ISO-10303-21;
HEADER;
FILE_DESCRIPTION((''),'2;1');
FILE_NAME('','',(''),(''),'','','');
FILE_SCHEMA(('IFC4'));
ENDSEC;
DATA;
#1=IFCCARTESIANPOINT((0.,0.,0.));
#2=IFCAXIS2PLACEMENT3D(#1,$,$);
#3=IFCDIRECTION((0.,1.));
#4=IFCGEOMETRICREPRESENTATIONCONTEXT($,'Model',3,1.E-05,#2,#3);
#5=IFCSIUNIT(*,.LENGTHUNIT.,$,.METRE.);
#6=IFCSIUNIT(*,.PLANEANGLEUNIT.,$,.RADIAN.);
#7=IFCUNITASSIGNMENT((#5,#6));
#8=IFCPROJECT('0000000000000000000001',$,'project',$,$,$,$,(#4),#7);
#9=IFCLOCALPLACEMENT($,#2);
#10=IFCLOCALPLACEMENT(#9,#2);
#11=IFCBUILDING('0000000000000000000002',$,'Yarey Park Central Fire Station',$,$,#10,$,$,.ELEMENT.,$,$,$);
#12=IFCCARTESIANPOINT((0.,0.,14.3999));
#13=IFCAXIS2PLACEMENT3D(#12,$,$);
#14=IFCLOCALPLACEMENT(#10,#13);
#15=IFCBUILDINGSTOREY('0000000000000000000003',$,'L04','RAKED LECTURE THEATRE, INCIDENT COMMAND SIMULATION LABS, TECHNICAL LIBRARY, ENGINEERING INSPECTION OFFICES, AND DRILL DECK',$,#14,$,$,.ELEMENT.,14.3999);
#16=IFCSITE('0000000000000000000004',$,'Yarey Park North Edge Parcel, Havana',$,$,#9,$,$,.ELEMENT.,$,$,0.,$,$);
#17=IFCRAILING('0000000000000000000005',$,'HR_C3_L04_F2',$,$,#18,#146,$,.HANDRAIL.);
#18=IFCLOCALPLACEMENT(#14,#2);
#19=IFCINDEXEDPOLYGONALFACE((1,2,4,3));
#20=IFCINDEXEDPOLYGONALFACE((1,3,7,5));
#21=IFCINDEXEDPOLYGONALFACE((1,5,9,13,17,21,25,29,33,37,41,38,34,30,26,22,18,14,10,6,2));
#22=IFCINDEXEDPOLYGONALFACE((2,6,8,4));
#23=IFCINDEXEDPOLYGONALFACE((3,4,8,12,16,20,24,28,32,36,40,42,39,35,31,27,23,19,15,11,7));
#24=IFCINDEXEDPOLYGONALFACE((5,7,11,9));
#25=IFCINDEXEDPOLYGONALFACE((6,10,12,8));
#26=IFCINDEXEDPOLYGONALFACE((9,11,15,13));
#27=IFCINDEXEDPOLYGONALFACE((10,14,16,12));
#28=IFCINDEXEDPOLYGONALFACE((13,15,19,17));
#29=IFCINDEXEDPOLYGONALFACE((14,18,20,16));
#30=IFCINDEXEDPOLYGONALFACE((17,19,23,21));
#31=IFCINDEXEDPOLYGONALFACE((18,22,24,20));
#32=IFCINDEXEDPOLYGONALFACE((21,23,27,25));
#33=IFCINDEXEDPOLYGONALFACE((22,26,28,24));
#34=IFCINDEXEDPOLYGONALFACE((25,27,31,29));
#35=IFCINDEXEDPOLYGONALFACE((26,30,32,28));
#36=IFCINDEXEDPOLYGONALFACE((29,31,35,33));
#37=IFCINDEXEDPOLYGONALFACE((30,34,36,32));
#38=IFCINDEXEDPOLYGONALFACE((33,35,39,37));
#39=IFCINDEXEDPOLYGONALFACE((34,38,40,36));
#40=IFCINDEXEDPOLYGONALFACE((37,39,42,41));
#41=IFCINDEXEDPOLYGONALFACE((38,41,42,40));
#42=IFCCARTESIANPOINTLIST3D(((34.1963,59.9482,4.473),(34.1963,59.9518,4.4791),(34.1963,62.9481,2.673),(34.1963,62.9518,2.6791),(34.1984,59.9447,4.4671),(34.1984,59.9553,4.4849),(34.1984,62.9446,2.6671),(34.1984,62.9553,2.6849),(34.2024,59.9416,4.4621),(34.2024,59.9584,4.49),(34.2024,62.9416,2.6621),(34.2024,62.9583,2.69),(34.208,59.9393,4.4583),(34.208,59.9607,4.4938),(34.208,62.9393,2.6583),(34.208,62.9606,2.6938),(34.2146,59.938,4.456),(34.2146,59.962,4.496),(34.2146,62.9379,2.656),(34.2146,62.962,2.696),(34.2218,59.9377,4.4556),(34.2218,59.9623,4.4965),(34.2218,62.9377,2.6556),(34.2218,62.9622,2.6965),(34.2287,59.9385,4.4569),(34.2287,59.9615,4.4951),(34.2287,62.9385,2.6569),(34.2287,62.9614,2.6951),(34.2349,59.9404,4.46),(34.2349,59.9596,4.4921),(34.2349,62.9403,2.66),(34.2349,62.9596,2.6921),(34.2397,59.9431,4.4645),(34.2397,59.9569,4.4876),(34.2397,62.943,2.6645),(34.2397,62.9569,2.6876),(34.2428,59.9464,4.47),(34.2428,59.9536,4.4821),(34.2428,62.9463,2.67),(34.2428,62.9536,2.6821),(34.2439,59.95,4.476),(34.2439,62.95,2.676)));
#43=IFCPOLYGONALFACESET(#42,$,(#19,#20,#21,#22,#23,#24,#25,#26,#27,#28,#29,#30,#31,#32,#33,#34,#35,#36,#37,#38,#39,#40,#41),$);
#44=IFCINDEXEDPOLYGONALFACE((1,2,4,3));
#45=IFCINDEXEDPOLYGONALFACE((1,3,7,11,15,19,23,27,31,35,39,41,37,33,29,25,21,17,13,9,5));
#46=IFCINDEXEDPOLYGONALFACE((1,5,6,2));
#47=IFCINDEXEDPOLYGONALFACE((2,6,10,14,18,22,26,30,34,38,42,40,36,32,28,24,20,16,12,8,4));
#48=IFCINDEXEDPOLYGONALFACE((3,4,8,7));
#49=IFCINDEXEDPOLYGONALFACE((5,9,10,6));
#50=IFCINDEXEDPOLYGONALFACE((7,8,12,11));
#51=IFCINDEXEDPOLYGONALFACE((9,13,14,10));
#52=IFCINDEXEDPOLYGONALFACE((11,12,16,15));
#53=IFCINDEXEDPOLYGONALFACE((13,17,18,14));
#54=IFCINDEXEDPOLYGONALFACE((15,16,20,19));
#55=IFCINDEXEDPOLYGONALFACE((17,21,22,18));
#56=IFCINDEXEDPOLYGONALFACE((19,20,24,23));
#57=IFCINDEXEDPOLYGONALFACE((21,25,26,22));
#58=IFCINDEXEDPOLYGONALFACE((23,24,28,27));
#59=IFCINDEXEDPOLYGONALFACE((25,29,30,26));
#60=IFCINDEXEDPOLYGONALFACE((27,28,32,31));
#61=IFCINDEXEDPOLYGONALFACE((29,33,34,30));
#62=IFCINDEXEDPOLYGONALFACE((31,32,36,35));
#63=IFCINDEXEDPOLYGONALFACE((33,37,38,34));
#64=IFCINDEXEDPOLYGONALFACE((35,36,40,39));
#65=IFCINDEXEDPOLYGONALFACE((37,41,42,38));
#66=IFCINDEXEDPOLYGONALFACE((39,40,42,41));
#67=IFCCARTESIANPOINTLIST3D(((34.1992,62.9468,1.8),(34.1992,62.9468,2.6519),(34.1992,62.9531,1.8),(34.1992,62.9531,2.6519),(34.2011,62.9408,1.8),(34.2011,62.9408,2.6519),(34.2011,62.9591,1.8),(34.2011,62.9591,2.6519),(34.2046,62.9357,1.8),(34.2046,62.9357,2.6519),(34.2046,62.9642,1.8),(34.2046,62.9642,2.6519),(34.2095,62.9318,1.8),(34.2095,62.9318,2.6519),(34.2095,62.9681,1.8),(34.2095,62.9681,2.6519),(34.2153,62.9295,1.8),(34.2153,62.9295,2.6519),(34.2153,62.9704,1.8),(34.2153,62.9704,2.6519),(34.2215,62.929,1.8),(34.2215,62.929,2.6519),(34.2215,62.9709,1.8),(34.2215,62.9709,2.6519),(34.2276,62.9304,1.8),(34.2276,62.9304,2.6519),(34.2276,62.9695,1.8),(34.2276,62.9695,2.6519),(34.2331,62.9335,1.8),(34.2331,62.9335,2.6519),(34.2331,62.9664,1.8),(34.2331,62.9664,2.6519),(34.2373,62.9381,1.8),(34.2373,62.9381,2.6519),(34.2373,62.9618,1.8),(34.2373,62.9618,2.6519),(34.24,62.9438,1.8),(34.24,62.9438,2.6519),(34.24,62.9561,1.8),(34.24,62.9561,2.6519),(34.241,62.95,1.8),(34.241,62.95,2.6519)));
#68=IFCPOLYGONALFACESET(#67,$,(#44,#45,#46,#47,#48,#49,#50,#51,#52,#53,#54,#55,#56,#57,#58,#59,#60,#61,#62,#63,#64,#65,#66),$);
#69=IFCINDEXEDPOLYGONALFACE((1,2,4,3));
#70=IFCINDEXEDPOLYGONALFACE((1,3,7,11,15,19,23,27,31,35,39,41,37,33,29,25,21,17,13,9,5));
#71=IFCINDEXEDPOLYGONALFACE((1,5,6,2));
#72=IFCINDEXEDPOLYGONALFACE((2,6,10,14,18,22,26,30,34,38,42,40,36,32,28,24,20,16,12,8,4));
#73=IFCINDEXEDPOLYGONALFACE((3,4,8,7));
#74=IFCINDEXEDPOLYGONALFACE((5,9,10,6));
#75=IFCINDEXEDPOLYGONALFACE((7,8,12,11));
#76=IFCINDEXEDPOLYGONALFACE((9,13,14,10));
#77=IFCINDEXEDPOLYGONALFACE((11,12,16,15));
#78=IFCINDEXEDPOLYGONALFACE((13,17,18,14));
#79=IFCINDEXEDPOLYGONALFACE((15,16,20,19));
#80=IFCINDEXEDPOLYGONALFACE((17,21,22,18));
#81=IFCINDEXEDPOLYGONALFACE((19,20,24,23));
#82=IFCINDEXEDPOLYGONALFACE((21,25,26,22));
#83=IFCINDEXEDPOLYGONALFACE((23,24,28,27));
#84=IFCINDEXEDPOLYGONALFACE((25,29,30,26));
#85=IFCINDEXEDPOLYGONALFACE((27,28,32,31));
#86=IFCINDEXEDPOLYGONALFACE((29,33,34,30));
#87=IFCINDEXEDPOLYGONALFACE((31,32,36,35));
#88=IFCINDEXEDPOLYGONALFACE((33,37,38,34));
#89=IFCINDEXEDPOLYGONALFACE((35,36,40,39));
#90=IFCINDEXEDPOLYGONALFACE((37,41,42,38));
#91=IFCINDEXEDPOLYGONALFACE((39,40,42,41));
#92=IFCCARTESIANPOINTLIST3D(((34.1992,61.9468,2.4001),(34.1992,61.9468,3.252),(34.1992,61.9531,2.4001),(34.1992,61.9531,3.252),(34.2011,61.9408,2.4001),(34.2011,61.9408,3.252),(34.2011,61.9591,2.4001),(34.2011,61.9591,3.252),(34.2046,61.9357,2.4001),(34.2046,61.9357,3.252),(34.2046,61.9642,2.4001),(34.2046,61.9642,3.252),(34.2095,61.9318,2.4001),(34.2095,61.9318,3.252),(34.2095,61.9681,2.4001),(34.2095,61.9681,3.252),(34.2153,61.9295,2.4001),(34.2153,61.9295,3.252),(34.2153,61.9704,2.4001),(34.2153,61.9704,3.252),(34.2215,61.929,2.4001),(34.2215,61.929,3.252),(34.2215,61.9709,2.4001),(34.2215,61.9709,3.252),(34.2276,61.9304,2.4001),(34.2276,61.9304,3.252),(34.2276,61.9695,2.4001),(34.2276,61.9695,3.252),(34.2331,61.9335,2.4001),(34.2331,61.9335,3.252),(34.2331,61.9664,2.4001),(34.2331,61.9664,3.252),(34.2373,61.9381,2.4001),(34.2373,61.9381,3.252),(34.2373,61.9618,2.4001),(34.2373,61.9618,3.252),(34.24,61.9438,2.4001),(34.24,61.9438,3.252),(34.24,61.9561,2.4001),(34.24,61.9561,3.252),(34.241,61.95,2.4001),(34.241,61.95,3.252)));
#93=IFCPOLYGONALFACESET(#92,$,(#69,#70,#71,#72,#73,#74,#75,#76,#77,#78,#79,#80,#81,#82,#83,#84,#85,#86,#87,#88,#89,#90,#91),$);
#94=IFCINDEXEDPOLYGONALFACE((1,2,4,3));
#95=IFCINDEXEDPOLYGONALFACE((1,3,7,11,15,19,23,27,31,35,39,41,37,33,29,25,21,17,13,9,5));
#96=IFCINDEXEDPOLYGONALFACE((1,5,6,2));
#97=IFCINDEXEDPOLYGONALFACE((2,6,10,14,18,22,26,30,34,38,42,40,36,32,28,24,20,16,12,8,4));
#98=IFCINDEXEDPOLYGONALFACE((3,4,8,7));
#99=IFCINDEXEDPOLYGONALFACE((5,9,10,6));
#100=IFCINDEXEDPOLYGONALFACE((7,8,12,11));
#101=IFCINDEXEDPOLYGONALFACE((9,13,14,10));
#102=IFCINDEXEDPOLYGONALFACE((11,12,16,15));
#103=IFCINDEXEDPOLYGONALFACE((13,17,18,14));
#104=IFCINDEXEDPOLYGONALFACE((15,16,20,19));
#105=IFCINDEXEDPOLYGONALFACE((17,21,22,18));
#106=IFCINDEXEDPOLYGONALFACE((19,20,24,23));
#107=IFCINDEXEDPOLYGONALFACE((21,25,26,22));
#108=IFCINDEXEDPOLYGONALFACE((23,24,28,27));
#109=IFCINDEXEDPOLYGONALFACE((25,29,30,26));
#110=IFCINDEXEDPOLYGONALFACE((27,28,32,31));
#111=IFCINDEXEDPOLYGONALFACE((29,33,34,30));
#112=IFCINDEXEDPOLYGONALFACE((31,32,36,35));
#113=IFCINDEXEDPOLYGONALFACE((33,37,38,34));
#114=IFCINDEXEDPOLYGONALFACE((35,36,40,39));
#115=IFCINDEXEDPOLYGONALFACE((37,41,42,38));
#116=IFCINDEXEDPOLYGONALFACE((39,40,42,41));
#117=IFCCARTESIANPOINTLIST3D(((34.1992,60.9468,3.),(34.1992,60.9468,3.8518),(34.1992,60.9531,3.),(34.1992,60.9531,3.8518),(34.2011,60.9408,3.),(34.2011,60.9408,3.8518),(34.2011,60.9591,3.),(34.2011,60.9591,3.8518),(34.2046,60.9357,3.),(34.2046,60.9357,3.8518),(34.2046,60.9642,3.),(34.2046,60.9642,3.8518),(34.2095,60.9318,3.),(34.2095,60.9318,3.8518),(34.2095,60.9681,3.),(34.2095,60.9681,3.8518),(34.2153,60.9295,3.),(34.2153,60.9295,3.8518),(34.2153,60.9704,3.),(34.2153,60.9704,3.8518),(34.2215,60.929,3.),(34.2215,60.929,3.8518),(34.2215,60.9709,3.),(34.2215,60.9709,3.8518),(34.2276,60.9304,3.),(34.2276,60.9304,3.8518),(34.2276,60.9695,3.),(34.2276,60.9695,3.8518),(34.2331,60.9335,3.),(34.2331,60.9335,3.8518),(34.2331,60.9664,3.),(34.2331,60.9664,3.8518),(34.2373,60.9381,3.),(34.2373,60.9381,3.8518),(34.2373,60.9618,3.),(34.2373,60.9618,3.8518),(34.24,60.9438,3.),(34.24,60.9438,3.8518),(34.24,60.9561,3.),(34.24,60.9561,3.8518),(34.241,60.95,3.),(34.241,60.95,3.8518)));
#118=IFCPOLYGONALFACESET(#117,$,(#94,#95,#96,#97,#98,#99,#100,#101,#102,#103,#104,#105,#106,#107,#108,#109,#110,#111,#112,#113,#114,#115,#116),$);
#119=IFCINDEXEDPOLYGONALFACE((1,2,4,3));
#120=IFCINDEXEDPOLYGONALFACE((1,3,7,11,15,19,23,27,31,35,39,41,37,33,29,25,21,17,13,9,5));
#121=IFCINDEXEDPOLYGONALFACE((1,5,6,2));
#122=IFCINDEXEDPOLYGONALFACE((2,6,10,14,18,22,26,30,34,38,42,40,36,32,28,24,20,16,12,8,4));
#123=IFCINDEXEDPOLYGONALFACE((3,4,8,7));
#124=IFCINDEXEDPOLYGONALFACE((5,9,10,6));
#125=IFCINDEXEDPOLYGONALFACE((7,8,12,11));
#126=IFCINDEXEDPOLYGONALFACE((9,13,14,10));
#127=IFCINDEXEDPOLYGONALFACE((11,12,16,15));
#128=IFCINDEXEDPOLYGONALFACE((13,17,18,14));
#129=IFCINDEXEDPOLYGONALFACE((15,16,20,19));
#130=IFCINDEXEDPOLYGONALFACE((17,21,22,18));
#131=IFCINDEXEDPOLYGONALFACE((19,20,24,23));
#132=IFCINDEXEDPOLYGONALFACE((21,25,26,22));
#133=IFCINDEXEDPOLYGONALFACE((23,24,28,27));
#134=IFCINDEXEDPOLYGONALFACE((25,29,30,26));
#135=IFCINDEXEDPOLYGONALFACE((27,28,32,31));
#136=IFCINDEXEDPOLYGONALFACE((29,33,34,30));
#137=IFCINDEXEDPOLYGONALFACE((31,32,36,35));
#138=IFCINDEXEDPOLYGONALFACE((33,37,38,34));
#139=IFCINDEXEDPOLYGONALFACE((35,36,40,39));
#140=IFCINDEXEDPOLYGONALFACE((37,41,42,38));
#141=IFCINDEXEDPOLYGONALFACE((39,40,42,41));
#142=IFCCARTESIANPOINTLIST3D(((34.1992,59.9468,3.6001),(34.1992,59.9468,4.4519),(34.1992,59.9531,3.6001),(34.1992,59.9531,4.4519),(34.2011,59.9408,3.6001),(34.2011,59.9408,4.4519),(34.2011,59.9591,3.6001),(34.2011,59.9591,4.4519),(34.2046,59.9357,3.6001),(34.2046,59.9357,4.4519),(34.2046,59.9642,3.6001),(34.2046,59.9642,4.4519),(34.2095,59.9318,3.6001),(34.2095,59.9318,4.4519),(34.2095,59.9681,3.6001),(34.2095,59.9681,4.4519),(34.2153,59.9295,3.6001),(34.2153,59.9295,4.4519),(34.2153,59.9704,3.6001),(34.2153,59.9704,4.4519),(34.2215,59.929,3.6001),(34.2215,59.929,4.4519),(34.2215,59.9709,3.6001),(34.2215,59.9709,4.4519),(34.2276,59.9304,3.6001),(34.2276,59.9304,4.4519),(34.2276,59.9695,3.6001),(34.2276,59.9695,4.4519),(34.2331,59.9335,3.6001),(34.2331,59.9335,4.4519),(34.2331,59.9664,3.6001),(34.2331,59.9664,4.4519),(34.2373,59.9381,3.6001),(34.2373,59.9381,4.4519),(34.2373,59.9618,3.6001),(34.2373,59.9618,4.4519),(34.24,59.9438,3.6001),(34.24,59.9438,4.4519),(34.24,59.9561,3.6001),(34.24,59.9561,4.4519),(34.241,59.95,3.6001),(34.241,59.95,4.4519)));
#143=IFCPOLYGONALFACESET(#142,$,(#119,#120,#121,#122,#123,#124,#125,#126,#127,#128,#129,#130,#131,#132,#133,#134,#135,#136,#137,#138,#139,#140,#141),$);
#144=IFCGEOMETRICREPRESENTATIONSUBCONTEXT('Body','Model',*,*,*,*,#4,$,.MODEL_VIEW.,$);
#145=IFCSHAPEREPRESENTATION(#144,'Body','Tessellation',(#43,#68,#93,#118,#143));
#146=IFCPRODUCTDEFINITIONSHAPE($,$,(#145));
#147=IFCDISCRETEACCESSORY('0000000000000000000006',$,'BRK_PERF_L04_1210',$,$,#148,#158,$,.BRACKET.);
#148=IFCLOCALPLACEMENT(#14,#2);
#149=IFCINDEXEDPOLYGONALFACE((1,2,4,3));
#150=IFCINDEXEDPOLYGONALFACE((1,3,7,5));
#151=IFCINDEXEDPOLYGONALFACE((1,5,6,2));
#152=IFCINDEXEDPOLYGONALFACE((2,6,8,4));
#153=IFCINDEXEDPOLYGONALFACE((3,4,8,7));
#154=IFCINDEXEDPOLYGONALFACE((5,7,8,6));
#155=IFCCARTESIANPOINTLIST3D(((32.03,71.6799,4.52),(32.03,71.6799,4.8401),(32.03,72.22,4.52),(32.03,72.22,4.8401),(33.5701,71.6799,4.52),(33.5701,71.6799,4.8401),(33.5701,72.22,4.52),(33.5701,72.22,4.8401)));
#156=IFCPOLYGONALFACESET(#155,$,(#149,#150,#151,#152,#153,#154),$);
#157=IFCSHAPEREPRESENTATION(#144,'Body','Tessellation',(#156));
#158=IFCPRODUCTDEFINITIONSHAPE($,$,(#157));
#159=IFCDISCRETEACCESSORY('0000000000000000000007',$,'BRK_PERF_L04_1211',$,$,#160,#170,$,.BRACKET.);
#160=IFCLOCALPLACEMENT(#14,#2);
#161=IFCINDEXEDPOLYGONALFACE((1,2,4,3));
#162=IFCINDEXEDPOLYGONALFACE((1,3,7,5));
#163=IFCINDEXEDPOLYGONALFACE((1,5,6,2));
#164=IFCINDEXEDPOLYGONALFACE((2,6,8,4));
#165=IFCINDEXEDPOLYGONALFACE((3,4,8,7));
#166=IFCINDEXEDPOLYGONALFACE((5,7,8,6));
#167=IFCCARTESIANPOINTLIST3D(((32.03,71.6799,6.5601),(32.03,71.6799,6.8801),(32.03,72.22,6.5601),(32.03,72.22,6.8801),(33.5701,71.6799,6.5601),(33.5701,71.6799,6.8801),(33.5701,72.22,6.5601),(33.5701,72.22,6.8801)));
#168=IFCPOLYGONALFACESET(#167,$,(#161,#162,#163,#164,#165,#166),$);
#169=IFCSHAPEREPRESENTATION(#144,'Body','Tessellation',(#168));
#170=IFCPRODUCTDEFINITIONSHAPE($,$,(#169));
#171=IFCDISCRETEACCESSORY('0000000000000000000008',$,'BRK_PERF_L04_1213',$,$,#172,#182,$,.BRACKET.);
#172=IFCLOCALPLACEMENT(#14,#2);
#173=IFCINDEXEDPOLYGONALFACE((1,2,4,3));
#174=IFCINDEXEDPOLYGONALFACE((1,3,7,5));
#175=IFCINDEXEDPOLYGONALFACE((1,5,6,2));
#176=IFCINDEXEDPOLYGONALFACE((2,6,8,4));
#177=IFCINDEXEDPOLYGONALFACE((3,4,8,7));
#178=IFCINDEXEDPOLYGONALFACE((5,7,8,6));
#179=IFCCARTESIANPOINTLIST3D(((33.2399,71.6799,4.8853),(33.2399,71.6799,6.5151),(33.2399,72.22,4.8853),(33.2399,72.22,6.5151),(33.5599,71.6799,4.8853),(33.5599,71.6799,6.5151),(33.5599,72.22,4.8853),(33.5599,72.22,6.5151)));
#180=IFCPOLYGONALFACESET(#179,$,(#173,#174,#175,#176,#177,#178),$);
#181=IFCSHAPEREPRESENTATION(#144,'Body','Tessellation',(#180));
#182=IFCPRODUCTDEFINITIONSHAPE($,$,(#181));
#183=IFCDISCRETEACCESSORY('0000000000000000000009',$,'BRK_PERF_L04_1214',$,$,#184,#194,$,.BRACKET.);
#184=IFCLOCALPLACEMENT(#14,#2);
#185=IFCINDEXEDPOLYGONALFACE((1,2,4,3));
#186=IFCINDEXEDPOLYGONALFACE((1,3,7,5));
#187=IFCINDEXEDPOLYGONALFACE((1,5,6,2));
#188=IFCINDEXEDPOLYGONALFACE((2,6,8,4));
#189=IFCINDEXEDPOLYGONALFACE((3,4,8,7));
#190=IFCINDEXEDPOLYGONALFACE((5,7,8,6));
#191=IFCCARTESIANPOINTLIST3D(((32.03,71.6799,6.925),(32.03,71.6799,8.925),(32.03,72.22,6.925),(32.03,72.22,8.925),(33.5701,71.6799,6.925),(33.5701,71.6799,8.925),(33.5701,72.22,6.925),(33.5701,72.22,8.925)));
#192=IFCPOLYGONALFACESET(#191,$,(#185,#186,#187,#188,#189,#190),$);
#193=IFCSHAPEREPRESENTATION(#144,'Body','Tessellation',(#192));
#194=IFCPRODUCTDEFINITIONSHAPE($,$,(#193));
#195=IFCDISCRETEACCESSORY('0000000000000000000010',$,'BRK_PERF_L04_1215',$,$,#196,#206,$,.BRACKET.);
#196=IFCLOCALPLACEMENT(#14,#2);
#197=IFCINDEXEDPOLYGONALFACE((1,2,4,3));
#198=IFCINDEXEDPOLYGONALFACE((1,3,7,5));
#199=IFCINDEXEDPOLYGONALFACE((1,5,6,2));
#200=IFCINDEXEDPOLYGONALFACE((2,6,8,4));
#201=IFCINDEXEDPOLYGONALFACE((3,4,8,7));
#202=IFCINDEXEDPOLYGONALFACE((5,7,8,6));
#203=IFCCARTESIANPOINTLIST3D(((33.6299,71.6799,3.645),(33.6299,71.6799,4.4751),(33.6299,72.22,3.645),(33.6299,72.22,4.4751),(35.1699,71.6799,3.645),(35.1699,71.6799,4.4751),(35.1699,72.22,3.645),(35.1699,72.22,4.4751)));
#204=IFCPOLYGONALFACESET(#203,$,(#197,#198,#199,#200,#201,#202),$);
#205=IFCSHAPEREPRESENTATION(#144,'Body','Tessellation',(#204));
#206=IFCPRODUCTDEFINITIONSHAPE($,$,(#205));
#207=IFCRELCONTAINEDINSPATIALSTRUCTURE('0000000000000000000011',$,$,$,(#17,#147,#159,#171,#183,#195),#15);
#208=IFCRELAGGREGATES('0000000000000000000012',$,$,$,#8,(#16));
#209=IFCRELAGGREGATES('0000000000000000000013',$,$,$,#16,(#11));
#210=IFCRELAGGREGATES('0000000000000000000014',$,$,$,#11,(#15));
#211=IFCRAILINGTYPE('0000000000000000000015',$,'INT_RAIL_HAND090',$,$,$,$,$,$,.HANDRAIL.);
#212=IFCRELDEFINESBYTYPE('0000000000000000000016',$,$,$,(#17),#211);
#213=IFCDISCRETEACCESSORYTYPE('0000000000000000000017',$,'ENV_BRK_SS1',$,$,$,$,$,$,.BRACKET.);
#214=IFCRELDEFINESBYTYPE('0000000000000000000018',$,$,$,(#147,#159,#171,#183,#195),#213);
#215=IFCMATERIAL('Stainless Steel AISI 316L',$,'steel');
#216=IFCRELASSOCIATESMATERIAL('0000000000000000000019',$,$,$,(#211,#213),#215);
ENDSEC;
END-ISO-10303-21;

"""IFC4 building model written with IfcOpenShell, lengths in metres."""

from ifc_helpers import new_model, si_unit, direction, frame, origin, origin_2d, place, context, subcontext, project, spatial, rectangle, circle, extrude, material, type_object, element, save


model = new_model("IFC4")

# Units and contexts
model_context = context("Model", 3, precision=1e-05, world=origin(), true_north=direction((0.0, 1.0)))
body_context = subcontext(model_context, "Body", "Model", "MODEL_VIEW")
ifc_project = project(units=[si_unit("LENGTHUNIT", "METRE"), si_unit("PLANEANGLEUNIT", "RADIAN")], contexts=[model_context])

# Site, building, storey
site_placement = place(None, origin())
site = spatial("IfcSite", under=ifc_project, at=site_placement, Name="Yarey Park North Edge Parcel, Havana", CompositionType="ELEMENT", RefElevation=0.0)
building_placement = place(site_placement, origin())
building = spatial("IfcBuilding", under=site, at=building_placement, Name="Yarey Park Central Fire Station", CompositionType="ELEMENT")
storey_placement = place(building_placement, frame((0.0, 0.0, 14.3999)))
storey = spatial("IfcBuildingStorey", under=building, at=storey_placement, Name="L04", Description="RAKED LECTURE THEATRE, INCIDENT COMMAND SIMULATION LABS, TECHNICAL LIBRARY, ENGINEERING INSPECTION OFFICES, AND DRILL DECK", CompositionType="ELEMENT", Elevation=14.3999)

# Shared definitions
ifc_material_1 = material(Name="Stainless Steel AISI 316L", Category="steel")

# Railing
railing_type = type_object("IfcRailingType", Name="INT_RAIL_HAND090", PredefinedType="HANDRAIL", material=ifc_material_1)
railing_placement = place(storey_placement, frame((34.22, 62.95, 1.8)))
element("IfcRailing", 1, at=railing_placement, inside=storey, type_object=railing_type, Name="HR_C3_L04_F2", PredefinedType="HANDRAIL", context=body_context, shape_type="SweptSolid", body=[
    extrude(circle(Radius=0.0239, at=origin_2d()), frame((0.0, 0.0, 0.876), z_axis=(0.0, -0.857487, 0.514506), x_axis=(1.0, 0.0, 0.0)), (0.0, 0.0, 1.0), 3.4985),
    extrude(circle(Radius=0.021, at=origin_2d()), origin(), (0.0, 0.0, 1.0), 0.8518),
    extrude(circle(Radius=0.021, at=origin_2d()), frame((0.0, -1.0, 0.6001)), (0.0, 0.0, 1.0), 0.8518),
    extrude(circle(Radius=0.021, at=origin_2d()), frame((0.0, -2.0, 1.2)), (0.0, 0.0, 1.0), 0.8518),
    extrude(circle(Radius=0.021, at=origin_2d()), frame((0.0, -3.0, 1.8)), (0.0, 0.0, 1.0), 0.8518),
])

# Discrete accessories
discrete_accessory_type = type_object("IfcDiscreteAccessoryType", Name="ENV_BRK_SS1", PredefinedType="BRACKET", material=ifc_material_1)
for number, where, z_axis, x_axis, name in (
    (2, (32.8, 71.95, 4.52), (0.0, 0.0, 1.0), (1.0, 0.0, 0.0), "BRK_PERF_L04_1210"),
    (3, (32.8, 71.95, 6.5601), (0.0, 0.0, 1.0), (1.0, 0.0, 0.0), "BRK_PERF_L04_1211"),
):
    element("IfcDiscreteAccessory", number, at=place(storey_placement, frame(where, z_axis=z_axis, x_axis=x_axis)), inside=storey, type_object=discrete_accessory_type, Name=name, PredefinedType="BRACKET", context=body_context, shape_type="SweptSolid", body=[
        extrude(rectangle(XDim=1.54, YDim=0.54, at=origin_2d()), origin(), (0.0, 0.0, 1.0), 0.3201),
    ])
discrete_accessory_1_placement = place(storey_placement, frame((33.3999, 71.95, 4.8853), z_axis=(0.0, 0.0, 1.0), x_axis=(1.0, 0.0, 0.0)))
element("IfcDiscreteAccessory", 4, at=discrete_accessory_1_placement, inside=storey, type_object=discrete_accessory_type, Name="BRK_PERF_L04_1213", PredefinedType="BRACKET", context=body_context, shape_type="SweptSolid", body=[
    extrude(rectangle(XDim=0.3201, YDim=0.54, at=origin_2d()), origin(), (0.0, 0.0, 1.0), 1.6299),
])
discrete_accessory_2_placement = place(storey_placement, frame((32.8, 71.95, 6.925), z_axis=(0.0, 0.0, 1.0), x_axis=(1.0, 0.0, 0.0)))
element("IfcDiscreteAccessory", 5, at=discrete_accessory_2_placement, inside=storey, type_object=discrete_accessory_type, Name="BRK_PERF_L04_1214", PredefinedType="BRACKET", context=body_context, shape_type="SweptSolid", body=[
    extrude(rectangle(XDim=1.54, YDim=0.54, at=origin_2d()), origin(), (0.0, 0.0, 1.0), 2.0),
])
discrete_accessory_3_placement = place(storey_placement, frame((34.3999, 71.95, 3.645), z_axis=(0.0, 0.0, 1.0), x_axis=(1.0, 0.0, 0.0)))
element("IfcDiscreteAccessory", 6, at=discrete_accessory_3_placement, inside=storey, type_object=discrete_accessory_type, Name="BRK_PERF_L04_1215", PredefinedType="BRACKET", context=body_context, shape_type="SweptSolid", body=[
    extrude(rectangle(XDim=1.54, YDim=0.54, at=origin_2d()), origin(), (0.0, 0.0, 1.0), 0.8301),
])

save(model, "model.ifc")
